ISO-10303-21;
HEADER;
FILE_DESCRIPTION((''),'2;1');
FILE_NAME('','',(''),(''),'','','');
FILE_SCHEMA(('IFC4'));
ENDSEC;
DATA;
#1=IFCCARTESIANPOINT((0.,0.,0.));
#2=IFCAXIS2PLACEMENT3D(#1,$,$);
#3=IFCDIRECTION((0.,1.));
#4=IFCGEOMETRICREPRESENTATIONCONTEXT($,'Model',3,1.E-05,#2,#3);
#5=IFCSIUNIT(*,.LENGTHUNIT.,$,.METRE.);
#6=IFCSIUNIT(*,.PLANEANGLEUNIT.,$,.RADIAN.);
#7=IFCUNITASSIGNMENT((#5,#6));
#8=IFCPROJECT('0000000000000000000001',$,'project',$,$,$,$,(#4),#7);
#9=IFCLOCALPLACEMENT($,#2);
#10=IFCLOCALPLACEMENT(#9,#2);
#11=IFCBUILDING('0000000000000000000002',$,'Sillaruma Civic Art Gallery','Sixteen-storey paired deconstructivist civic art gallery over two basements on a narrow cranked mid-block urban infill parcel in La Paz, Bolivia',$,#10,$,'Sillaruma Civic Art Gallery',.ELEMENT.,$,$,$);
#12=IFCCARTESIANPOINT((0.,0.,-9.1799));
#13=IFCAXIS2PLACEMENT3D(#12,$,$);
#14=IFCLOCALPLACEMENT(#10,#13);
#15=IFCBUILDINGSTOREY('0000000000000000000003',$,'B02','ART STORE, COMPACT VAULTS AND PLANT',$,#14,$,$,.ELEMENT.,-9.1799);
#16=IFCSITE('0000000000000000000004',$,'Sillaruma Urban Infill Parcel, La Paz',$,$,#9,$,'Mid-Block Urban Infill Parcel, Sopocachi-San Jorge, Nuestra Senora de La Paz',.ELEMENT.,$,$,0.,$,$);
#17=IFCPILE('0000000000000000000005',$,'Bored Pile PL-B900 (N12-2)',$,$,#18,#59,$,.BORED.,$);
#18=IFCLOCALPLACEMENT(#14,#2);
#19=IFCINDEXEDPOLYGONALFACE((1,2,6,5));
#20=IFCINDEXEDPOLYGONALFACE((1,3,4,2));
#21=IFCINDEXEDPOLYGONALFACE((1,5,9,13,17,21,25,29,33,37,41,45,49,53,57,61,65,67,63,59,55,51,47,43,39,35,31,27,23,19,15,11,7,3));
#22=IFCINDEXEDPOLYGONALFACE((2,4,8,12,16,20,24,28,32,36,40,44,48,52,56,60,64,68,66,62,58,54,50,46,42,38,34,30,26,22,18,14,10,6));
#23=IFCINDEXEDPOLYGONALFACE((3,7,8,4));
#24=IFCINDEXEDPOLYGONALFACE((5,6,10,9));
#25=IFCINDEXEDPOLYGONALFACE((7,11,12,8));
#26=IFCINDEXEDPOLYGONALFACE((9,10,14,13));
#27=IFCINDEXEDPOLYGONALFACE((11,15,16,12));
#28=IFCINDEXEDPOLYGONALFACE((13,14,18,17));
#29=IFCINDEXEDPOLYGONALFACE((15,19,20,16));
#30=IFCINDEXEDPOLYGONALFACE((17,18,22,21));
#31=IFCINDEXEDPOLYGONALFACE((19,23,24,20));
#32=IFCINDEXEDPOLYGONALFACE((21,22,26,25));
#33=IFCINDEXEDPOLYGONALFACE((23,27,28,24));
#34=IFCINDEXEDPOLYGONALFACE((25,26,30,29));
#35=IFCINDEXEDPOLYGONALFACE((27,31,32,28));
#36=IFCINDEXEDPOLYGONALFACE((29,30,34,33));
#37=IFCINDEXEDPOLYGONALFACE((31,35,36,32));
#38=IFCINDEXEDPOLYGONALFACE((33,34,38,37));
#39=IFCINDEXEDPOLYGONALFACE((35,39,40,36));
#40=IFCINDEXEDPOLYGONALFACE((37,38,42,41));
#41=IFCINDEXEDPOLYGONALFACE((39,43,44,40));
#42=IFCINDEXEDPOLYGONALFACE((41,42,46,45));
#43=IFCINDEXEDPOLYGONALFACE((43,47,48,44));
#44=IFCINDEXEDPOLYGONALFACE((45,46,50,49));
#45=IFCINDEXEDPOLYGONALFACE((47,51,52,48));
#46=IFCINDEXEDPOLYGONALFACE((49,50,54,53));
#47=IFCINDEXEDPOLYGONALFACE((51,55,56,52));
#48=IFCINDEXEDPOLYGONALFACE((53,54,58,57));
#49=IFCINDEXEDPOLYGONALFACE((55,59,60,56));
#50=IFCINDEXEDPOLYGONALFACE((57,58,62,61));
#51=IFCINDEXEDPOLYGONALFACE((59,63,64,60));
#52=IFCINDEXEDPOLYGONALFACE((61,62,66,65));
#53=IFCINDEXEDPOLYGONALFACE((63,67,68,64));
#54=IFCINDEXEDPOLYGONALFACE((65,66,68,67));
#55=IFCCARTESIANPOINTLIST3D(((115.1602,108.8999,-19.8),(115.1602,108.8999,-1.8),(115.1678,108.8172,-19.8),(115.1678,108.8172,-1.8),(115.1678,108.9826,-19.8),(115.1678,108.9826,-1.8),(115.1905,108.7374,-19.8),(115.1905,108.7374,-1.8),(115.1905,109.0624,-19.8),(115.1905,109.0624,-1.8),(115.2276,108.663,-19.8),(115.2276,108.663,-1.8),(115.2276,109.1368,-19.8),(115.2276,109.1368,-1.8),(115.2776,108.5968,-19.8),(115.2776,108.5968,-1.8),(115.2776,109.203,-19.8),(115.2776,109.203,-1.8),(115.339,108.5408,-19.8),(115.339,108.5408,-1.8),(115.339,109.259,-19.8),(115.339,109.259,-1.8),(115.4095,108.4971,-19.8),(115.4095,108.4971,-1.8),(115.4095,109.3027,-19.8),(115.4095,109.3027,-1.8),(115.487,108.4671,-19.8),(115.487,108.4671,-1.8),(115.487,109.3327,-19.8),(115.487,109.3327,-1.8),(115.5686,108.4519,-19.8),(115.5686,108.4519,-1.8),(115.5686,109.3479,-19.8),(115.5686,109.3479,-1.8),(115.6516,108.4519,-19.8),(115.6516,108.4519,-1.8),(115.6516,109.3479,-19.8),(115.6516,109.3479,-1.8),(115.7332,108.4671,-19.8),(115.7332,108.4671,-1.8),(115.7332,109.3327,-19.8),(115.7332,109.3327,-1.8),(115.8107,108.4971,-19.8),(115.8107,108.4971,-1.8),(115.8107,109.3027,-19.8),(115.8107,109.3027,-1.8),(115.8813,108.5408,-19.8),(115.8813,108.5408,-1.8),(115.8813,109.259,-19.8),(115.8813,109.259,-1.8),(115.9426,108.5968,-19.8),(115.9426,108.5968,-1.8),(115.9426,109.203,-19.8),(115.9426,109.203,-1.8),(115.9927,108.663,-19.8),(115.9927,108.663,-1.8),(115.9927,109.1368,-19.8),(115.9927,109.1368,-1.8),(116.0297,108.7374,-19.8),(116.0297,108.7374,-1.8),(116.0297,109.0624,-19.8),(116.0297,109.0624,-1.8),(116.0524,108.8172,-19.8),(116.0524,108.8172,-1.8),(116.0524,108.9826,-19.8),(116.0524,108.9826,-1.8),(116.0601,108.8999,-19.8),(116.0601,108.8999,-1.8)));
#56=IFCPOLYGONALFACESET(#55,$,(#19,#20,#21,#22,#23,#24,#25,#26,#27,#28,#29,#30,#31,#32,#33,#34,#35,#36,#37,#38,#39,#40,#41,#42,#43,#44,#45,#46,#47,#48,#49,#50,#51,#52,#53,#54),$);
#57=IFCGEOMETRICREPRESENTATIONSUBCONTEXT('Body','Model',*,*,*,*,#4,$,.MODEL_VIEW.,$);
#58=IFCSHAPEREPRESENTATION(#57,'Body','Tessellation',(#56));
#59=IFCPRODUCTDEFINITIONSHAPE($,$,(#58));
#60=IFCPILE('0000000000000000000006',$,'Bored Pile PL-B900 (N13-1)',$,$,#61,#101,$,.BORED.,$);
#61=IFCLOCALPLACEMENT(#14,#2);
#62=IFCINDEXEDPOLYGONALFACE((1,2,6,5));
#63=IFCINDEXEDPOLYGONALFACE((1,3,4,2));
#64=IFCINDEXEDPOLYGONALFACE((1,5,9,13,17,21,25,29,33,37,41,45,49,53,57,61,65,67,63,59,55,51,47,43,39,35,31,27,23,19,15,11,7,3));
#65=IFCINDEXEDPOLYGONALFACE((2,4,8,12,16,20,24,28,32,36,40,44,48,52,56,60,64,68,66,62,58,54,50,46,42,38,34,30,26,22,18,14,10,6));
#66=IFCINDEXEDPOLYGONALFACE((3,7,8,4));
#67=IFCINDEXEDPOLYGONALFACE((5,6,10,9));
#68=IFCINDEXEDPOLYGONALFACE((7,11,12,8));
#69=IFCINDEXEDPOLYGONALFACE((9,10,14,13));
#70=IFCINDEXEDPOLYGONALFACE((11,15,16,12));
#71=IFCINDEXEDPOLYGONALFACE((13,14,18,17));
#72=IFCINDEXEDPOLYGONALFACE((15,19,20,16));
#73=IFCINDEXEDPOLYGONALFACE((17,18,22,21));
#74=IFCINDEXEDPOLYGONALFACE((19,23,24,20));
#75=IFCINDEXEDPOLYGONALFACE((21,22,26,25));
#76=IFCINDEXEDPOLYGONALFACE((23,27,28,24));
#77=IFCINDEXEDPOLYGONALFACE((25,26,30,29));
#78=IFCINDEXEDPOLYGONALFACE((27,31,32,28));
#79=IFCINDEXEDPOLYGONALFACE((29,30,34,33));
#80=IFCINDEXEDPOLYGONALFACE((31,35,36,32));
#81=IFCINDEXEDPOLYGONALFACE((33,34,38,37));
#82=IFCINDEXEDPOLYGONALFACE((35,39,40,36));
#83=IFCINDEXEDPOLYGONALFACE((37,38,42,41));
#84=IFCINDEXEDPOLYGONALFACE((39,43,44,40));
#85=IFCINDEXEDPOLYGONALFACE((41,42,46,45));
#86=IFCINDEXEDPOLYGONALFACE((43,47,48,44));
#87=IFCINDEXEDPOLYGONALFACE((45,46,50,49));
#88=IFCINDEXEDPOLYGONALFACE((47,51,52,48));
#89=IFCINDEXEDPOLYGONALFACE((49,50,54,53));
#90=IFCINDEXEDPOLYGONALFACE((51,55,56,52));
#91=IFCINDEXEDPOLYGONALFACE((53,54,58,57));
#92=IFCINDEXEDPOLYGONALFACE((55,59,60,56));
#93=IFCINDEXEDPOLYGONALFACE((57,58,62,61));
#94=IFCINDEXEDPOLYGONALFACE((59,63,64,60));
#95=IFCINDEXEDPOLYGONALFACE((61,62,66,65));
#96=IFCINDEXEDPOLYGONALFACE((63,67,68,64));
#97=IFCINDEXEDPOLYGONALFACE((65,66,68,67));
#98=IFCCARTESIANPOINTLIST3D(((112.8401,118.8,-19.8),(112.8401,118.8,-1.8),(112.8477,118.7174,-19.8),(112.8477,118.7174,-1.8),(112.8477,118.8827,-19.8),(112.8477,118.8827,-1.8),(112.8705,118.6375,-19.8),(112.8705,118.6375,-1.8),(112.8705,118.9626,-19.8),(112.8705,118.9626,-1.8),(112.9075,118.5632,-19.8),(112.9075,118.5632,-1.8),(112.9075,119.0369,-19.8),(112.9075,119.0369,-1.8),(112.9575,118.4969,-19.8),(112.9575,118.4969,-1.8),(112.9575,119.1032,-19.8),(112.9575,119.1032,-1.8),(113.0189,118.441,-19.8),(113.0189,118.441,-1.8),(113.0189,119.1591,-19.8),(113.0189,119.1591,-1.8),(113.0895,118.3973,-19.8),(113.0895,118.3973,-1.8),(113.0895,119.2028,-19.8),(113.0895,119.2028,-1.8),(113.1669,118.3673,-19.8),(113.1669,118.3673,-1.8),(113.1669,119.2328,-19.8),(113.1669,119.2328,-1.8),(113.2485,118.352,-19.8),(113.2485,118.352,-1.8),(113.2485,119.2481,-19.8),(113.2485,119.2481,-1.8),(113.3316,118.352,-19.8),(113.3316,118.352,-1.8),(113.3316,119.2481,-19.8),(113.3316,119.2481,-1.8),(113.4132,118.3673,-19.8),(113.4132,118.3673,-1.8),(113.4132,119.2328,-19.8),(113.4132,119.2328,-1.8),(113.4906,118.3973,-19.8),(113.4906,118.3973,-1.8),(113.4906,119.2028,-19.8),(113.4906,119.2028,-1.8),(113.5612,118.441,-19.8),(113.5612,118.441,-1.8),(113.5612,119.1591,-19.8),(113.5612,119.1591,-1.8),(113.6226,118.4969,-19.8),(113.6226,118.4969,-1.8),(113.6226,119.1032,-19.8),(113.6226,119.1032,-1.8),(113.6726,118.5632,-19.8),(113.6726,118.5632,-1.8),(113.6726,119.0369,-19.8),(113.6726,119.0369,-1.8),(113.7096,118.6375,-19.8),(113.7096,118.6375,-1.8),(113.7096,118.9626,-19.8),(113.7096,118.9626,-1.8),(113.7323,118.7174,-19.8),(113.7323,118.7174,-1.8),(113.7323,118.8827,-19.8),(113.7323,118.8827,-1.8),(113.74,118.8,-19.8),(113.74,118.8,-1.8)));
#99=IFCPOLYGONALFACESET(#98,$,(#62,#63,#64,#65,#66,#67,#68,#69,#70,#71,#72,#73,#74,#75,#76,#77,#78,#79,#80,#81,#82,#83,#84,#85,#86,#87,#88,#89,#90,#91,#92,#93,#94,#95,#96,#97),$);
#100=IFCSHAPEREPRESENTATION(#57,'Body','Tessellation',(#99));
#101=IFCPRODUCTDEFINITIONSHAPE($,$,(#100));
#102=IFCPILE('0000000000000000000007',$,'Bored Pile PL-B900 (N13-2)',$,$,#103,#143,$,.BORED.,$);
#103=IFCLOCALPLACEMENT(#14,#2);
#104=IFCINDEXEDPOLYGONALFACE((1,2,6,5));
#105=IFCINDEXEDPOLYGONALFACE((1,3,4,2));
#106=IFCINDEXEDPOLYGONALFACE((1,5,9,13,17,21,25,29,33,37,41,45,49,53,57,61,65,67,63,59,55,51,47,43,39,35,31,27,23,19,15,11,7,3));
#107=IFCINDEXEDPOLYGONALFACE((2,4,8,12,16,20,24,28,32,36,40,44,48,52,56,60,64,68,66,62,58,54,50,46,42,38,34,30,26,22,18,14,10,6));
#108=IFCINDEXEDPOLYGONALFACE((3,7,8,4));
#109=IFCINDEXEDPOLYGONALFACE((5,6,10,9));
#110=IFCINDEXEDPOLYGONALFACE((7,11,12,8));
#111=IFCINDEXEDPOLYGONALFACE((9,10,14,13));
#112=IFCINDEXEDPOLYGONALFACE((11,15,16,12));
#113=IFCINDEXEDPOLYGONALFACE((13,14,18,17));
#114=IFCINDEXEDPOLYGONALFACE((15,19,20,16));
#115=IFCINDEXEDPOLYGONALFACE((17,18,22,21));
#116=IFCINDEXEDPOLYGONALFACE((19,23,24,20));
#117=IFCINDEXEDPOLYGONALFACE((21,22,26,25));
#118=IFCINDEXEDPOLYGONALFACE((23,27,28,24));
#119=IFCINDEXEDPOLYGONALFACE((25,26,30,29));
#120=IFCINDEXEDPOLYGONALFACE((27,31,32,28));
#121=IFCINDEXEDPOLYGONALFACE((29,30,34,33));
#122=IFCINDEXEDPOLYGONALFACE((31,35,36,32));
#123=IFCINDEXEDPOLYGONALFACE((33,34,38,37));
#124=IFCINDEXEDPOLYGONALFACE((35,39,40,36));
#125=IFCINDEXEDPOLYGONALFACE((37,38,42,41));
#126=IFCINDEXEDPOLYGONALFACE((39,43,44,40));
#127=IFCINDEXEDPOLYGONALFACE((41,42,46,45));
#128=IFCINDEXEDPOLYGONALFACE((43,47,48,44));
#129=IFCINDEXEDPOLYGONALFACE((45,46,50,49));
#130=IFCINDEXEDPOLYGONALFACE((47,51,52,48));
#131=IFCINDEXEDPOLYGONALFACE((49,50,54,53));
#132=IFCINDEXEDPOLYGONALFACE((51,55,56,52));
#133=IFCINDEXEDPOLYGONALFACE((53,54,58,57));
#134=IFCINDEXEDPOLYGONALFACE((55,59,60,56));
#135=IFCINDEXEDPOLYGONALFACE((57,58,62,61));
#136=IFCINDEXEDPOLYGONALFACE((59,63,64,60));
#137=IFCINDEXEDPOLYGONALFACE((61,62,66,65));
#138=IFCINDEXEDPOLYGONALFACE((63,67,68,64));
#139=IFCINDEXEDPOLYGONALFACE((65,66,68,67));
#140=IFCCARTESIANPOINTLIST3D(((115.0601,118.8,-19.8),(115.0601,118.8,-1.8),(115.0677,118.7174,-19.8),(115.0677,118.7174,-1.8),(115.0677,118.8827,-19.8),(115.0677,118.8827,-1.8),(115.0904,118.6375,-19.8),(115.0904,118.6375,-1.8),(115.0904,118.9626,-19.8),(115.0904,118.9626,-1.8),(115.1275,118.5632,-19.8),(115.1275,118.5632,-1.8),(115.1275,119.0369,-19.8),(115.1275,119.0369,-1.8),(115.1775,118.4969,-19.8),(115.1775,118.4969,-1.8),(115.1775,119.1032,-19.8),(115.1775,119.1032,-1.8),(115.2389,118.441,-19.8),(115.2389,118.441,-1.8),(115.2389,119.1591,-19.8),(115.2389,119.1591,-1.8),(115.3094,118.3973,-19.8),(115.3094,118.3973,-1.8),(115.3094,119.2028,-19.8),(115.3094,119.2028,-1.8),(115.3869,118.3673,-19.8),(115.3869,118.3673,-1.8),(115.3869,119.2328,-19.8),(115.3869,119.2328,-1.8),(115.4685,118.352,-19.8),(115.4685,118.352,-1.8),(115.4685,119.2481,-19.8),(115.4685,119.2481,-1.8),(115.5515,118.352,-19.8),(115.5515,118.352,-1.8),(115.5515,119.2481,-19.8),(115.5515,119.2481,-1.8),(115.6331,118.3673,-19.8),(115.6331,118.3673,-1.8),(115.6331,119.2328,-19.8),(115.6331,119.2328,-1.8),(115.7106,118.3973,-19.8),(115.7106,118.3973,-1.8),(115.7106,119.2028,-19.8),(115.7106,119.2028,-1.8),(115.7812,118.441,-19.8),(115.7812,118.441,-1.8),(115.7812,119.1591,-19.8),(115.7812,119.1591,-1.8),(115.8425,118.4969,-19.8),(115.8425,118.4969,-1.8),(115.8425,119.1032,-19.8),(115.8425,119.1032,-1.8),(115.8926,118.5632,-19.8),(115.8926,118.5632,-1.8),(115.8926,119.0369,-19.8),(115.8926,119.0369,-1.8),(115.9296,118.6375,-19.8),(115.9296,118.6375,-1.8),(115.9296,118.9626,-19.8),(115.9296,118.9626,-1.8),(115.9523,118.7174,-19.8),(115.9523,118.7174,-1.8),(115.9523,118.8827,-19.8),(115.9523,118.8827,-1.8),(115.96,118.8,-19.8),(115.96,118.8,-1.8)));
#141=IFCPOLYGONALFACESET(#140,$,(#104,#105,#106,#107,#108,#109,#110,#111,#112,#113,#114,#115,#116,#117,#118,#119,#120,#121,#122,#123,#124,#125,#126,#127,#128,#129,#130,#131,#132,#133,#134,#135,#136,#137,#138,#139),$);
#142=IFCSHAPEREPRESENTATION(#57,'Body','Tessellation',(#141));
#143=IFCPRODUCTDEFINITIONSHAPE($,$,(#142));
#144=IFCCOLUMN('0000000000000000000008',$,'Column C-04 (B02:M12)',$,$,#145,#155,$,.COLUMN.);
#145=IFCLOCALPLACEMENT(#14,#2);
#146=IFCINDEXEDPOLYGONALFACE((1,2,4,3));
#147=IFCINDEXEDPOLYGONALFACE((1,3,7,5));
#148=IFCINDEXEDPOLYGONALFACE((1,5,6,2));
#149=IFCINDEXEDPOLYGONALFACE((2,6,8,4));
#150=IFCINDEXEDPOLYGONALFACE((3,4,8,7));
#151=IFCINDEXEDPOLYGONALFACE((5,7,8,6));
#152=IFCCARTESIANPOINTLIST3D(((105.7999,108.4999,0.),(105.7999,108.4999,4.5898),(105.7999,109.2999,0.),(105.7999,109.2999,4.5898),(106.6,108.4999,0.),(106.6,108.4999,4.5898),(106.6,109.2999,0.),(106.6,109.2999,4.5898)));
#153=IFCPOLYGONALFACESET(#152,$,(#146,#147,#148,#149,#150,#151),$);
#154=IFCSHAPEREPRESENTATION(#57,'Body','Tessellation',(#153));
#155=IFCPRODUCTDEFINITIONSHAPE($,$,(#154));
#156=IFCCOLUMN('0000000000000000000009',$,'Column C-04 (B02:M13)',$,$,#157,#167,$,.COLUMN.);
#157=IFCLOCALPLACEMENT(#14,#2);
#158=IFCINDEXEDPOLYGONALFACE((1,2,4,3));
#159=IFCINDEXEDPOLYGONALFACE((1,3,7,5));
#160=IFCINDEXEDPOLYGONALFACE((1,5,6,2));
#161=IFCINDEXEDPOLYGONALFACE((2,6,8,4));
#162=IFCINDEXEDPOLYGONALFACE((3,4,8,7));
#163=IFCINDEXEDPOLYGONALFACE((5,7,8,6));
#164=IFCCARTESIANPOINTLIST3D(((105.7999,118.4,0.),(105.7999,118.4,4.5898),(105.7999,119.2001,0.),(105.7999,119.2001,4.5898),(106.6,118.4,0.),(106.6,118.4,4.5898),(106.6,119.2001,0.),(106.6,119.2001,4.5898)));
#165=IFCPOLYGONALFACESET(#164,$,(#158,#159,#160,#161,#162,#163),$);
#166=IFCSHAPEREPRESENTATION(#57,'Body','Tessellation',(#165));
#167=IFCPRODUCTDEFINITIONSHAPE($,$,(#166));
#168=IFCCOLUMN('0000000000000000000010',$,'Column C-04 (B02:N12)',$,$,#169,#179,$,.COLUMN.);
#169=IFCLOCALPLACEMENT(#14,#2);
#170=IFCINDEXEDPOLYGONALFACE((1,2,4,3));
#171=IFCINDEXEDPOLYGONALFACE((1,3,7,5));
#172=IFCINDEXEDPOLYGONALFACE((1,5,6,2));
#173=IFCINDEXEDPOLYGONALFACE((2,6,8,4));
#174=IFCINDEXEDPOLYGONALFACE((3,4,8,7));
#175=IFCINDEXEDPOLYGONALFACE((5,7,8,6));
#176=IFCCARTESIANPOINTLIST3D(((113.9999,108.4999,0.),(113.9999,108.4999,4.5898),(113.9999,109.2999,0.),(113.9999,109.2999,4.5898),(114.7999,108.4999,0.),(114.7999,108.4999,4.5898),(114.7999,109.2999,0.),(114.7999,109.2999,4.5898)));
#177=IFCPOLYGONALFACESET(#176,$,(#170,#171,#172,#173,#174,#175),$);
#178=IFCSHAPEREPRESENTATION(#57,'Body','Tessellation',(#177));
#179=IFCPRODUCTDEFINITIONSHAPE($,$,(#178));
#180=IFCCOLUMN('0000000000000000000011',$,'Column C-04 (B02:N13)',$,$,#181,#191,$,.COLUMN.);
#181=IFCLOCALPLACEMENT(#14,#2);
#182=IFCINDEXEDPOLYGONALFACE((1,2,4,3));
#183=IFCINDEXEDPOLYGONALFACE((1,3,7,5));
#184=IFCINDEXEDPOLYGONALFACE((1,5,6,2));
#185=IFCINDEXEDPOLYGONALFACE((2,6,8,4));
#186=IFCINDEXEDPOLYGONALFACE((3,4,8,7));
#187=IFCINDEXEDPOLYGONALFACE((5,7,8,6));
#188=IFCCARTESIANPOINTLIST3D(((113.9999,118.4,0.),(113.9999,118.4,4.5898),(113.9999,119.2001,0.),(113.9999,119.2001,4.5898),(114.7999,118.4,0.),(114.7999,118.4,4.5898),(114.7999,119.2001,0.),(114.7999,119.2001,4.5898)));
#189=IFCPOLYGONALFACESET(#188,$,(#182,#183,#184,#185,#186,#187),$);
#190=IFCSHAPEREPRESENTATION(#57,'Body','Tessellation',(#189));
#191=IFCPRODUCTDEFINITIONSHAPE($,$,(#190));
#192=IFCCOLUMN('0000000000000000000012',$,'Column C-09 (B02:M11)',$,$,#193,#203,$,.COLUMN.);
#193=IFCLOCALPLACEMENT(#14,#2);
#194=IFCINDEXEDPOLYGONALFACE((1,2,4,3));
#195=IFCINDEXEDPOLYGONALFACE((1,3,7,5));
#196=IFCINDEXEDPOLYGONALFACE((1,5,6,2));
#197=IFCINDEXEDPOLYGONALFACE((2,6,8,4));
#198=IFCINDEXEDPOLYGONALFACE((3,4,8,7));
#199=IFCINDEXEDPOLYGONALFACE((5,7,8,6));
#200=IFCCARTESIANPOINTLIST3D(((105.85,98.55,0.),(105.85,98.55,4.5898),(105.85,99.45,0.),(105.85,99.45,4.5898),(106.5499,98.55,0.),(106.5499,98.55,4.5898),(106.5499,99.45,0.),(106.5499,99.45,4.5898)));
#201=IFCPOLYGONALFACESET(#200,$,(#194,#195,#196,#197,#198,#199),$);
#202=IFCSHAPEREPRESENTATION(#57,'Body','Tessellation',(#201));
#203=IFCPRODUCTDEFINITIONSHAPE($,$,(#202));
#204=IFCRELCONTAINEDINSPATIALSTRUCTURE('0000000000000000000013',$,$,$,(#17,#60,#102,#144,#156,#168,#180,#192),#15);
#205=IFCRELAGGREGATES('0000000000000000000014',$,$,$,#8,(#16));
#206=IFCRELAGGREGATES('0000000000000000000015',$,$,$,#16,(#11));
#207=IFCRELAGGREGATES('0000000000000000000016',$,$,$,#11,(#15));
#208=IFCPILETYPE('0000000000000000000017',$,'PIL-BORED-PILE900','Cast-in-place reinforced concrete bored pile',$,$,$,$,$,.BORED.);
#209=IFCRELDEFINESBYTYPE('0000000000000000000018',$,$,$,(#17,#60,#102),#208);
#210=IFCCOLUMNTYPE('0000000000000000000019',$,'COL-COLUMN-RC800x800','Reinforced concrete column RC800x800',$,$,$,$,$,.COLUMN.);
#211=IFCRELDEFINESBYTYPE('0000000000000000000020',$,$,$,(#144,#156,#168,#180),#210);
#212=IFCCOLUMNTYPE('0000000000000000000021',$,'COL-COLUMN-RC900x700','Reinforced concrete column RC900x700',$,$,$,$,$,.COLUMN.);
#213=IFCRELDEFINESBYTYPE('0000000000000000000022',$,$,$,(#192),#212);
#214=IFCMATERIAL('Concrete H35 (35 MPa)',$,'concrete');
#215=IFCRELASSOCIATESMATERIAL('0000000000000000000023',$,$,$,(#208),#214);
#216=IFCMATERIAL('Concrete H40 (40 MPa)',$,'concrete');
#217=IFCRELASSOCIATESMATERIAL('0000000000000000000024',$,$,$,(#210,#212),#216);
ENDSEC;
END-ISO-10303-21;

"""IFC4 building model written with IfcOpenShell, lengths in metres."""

from ifc_helpers import new_model, si_unit, direction, frame, origin, origin_2d, place, context, subcontext, project, spatial, rectangle, circle, extrude, material, material_profile, profile_set, type_object, element, save


model = new_model("IFC4")

# Units and contexts
model_context = context("Model", 3, precision=1e-05, world=origin(), true_north=direction((0.0, 1.0)))
body_context = subcontext(model_context, "Body", "Model", "MODEL_VIEW")
ifc_project = project(units=[si_unit("LENGTHUNIT", "METRE"), si_unit("PLANEANGLEUNIT", "RADIAN")], contexts=[model_context])

# Site, building, storey
site_placement = place(None, origin())
site = spatial("IfcSite", under=ifc_project, at=site_placement, Name="Sillaruma Urban Infill Parcel, La Paz", LongName="Mid-Block Urban Infill Parcel, Sopocachi-San Jorge, Nuestra Senora de La Paz", CompositionType="ELEMENT", RefElevation=0.0)
building_placement = place(site_placement, origin())
building = spatial("IfcBuilding", under=site, at=building_placement, Name="Sillaruma Civic Art Gallery", Description="Sixteen-storey paired deconstructivist civic art gallery over two basements on a narrow cranked mid-block urban infill parcel in La Paz, Bolivia", LongName="Sillaruma Civic Art Gallery", CompositionType="ELEMENT")
storey_placement = place(building_placement, frame((0.0, 0.0, -9.1799)))
storey = spatial("IfcBuildingStorey", under=building, at=storey_placement, Name="B02", Description="ART STORE, COMPACT VAULTS AND PLANT", CompositionType="ELEMENT", Elevation=-9.1799)

# Shared definitions
ifc_material_1 = material(Name="Concrete H35 (35 MPa)", Category="concrete")

# Piles
ifc_material_profile_1 = material_profile(ifc_material_1, circle(Radius=0.45, at=origin_2d()), Name="PILE900")
ifc_profile_set_1 = profile_set([ifc_material_profile_1], Name="Concrete H35 (35 MPa)")
pile_type_1 = type_object("IfcPileType", Name="PIL-BORED-PILE900", Description="Cast-in-place reinforced concrete bored pile", PredefinedType="BORED", material=ifc_profile_set_1)
for number, where, z_axis, x_axis, name in (
    (1, (115.6101, 108.8999, -1.8), (0.0, 0.0, -1.0), (1.0, 0.0, 0.0), "Bored Pile PL-B900 (N12-2)"),
    (2, (113.29, 118.8, -1.8), (0.0, 0.0, -1.0), (1.0, 0.0, 0.0), "Bored Pile PL-B900 (N13-1)"),
    (3, (115.51, 118.8, -1.8), (0.0, 0.0, -1.0), (1.0, 0.0, 0.0), "Bored Pile PL-B900 (N13-2)"),
):
    element("IfcPile", number, at=place(storey_placement, frame(where, z_axis=z_axis, x_axis=x_axis)), inside=storey, type_object=pile_type_1, Name=name, PredefinedType="BORED", context=body_context, shape_type="SweptSolid", body=[
        extrude(circle(Radius=0.45, at=origin_2d()), origin(), (0.0, 0.0, 1.0), 18.0),
    ])

# Columns
ifc_material_2 = material(Name="Concrete H40 (40 MPa)", Category="concrete")
ifc_material_profile_2 = material_profile(ifc_material_2, rectangle(XDim=0.8, YDim=0.8, at=origin_2d()), Name="RC800x800")
ifc_profile_set_2 = profile_set([ifc_material_profile_2], Name="Concrete H40 (40 MPa)")
column_type_1 = type_object("IfcColumnType", Name="COL-COLUMN-RC800x800", Description="Reinforced concrete column RC800x800", PredefinedType="COLUMN", material=ifc_profile_set_2)
for number, where, z_axis, x_axis, name in (
    (4, (106.2, 108.8999, 0.0), (0.0, 0.0, 1.0), (1.0, 0.0, 0.0), "Column C-04 (B02:M12)"),
    (5, (106.2, 118.8, 0.0), (0.0, 0.0, 1.0), (1.0, 0.0, 0.0), "Column C-04 (B02:M13)"),
    (6, (114.3999, 108.8999, 0.0), (0.0, 0.0, 1.0), (1.0, 0.0, 0.0), "Column C-04 (B02:N12)"),
    (7, (114.3999, 118.8, 0.0), (0.0, 0.0, 1.0), (1.0, 0.0, 0.0), "Column C-04 (B02:N13)"),
):
    element("IfcColumn", number, at=place(storey_placement, frame(where, z_axis=z_axis, x_axis=x_axis)), inside=storey, type_object=column_type_1, Name=name, PredefinedType="COLUMN", context=body_context, shape_type="SweptSolid", body=[
        extrude(rectangle(XDim=0.8, YDim=0.8, at=origin_2d()), origin(), (0.0, 0.0, 1.0), 4.5898),
    ])
ifc_material_profile_3 = material_profile(ifc_material_2, rectangle(XDim=0.7, YDim=0.8999, at=origin_2d()), Name="RC900x700")
ifc_profile_set_3 = profile_set([ifc_material_profile_3], Name="Concrete H40 (40 MPa)")
column_type_2 = type_object("IfcColumnType", Name="COL-COLUMN-RC900x700", Description="Reinforced concrete column RC900x700", PredefinedType="COLUMN", material=ifc_profile_set_3)
column_1_placement = place(storey_placement, frame((106.2, 99.0, 0.0), z_axis=(0.0, 0.0, 1.0), x_axis=(1.0, 0.0, 0.0)))
element("IfcColumn", 8, at=column_1_placement, inside=storey, type_object=column_type_2, Name="Column C-09 (B02:M11)", PredefinedType="COLUMN", context=body_context, shape_type="SweptSolid", body=[
    extrude(rectangle(XDim=0.7, YDim=0.8999, at=origin_2d()), origin(), (0.0, 0.0, 1.0), 4.5898),
])

save(model, "model.ifc")
